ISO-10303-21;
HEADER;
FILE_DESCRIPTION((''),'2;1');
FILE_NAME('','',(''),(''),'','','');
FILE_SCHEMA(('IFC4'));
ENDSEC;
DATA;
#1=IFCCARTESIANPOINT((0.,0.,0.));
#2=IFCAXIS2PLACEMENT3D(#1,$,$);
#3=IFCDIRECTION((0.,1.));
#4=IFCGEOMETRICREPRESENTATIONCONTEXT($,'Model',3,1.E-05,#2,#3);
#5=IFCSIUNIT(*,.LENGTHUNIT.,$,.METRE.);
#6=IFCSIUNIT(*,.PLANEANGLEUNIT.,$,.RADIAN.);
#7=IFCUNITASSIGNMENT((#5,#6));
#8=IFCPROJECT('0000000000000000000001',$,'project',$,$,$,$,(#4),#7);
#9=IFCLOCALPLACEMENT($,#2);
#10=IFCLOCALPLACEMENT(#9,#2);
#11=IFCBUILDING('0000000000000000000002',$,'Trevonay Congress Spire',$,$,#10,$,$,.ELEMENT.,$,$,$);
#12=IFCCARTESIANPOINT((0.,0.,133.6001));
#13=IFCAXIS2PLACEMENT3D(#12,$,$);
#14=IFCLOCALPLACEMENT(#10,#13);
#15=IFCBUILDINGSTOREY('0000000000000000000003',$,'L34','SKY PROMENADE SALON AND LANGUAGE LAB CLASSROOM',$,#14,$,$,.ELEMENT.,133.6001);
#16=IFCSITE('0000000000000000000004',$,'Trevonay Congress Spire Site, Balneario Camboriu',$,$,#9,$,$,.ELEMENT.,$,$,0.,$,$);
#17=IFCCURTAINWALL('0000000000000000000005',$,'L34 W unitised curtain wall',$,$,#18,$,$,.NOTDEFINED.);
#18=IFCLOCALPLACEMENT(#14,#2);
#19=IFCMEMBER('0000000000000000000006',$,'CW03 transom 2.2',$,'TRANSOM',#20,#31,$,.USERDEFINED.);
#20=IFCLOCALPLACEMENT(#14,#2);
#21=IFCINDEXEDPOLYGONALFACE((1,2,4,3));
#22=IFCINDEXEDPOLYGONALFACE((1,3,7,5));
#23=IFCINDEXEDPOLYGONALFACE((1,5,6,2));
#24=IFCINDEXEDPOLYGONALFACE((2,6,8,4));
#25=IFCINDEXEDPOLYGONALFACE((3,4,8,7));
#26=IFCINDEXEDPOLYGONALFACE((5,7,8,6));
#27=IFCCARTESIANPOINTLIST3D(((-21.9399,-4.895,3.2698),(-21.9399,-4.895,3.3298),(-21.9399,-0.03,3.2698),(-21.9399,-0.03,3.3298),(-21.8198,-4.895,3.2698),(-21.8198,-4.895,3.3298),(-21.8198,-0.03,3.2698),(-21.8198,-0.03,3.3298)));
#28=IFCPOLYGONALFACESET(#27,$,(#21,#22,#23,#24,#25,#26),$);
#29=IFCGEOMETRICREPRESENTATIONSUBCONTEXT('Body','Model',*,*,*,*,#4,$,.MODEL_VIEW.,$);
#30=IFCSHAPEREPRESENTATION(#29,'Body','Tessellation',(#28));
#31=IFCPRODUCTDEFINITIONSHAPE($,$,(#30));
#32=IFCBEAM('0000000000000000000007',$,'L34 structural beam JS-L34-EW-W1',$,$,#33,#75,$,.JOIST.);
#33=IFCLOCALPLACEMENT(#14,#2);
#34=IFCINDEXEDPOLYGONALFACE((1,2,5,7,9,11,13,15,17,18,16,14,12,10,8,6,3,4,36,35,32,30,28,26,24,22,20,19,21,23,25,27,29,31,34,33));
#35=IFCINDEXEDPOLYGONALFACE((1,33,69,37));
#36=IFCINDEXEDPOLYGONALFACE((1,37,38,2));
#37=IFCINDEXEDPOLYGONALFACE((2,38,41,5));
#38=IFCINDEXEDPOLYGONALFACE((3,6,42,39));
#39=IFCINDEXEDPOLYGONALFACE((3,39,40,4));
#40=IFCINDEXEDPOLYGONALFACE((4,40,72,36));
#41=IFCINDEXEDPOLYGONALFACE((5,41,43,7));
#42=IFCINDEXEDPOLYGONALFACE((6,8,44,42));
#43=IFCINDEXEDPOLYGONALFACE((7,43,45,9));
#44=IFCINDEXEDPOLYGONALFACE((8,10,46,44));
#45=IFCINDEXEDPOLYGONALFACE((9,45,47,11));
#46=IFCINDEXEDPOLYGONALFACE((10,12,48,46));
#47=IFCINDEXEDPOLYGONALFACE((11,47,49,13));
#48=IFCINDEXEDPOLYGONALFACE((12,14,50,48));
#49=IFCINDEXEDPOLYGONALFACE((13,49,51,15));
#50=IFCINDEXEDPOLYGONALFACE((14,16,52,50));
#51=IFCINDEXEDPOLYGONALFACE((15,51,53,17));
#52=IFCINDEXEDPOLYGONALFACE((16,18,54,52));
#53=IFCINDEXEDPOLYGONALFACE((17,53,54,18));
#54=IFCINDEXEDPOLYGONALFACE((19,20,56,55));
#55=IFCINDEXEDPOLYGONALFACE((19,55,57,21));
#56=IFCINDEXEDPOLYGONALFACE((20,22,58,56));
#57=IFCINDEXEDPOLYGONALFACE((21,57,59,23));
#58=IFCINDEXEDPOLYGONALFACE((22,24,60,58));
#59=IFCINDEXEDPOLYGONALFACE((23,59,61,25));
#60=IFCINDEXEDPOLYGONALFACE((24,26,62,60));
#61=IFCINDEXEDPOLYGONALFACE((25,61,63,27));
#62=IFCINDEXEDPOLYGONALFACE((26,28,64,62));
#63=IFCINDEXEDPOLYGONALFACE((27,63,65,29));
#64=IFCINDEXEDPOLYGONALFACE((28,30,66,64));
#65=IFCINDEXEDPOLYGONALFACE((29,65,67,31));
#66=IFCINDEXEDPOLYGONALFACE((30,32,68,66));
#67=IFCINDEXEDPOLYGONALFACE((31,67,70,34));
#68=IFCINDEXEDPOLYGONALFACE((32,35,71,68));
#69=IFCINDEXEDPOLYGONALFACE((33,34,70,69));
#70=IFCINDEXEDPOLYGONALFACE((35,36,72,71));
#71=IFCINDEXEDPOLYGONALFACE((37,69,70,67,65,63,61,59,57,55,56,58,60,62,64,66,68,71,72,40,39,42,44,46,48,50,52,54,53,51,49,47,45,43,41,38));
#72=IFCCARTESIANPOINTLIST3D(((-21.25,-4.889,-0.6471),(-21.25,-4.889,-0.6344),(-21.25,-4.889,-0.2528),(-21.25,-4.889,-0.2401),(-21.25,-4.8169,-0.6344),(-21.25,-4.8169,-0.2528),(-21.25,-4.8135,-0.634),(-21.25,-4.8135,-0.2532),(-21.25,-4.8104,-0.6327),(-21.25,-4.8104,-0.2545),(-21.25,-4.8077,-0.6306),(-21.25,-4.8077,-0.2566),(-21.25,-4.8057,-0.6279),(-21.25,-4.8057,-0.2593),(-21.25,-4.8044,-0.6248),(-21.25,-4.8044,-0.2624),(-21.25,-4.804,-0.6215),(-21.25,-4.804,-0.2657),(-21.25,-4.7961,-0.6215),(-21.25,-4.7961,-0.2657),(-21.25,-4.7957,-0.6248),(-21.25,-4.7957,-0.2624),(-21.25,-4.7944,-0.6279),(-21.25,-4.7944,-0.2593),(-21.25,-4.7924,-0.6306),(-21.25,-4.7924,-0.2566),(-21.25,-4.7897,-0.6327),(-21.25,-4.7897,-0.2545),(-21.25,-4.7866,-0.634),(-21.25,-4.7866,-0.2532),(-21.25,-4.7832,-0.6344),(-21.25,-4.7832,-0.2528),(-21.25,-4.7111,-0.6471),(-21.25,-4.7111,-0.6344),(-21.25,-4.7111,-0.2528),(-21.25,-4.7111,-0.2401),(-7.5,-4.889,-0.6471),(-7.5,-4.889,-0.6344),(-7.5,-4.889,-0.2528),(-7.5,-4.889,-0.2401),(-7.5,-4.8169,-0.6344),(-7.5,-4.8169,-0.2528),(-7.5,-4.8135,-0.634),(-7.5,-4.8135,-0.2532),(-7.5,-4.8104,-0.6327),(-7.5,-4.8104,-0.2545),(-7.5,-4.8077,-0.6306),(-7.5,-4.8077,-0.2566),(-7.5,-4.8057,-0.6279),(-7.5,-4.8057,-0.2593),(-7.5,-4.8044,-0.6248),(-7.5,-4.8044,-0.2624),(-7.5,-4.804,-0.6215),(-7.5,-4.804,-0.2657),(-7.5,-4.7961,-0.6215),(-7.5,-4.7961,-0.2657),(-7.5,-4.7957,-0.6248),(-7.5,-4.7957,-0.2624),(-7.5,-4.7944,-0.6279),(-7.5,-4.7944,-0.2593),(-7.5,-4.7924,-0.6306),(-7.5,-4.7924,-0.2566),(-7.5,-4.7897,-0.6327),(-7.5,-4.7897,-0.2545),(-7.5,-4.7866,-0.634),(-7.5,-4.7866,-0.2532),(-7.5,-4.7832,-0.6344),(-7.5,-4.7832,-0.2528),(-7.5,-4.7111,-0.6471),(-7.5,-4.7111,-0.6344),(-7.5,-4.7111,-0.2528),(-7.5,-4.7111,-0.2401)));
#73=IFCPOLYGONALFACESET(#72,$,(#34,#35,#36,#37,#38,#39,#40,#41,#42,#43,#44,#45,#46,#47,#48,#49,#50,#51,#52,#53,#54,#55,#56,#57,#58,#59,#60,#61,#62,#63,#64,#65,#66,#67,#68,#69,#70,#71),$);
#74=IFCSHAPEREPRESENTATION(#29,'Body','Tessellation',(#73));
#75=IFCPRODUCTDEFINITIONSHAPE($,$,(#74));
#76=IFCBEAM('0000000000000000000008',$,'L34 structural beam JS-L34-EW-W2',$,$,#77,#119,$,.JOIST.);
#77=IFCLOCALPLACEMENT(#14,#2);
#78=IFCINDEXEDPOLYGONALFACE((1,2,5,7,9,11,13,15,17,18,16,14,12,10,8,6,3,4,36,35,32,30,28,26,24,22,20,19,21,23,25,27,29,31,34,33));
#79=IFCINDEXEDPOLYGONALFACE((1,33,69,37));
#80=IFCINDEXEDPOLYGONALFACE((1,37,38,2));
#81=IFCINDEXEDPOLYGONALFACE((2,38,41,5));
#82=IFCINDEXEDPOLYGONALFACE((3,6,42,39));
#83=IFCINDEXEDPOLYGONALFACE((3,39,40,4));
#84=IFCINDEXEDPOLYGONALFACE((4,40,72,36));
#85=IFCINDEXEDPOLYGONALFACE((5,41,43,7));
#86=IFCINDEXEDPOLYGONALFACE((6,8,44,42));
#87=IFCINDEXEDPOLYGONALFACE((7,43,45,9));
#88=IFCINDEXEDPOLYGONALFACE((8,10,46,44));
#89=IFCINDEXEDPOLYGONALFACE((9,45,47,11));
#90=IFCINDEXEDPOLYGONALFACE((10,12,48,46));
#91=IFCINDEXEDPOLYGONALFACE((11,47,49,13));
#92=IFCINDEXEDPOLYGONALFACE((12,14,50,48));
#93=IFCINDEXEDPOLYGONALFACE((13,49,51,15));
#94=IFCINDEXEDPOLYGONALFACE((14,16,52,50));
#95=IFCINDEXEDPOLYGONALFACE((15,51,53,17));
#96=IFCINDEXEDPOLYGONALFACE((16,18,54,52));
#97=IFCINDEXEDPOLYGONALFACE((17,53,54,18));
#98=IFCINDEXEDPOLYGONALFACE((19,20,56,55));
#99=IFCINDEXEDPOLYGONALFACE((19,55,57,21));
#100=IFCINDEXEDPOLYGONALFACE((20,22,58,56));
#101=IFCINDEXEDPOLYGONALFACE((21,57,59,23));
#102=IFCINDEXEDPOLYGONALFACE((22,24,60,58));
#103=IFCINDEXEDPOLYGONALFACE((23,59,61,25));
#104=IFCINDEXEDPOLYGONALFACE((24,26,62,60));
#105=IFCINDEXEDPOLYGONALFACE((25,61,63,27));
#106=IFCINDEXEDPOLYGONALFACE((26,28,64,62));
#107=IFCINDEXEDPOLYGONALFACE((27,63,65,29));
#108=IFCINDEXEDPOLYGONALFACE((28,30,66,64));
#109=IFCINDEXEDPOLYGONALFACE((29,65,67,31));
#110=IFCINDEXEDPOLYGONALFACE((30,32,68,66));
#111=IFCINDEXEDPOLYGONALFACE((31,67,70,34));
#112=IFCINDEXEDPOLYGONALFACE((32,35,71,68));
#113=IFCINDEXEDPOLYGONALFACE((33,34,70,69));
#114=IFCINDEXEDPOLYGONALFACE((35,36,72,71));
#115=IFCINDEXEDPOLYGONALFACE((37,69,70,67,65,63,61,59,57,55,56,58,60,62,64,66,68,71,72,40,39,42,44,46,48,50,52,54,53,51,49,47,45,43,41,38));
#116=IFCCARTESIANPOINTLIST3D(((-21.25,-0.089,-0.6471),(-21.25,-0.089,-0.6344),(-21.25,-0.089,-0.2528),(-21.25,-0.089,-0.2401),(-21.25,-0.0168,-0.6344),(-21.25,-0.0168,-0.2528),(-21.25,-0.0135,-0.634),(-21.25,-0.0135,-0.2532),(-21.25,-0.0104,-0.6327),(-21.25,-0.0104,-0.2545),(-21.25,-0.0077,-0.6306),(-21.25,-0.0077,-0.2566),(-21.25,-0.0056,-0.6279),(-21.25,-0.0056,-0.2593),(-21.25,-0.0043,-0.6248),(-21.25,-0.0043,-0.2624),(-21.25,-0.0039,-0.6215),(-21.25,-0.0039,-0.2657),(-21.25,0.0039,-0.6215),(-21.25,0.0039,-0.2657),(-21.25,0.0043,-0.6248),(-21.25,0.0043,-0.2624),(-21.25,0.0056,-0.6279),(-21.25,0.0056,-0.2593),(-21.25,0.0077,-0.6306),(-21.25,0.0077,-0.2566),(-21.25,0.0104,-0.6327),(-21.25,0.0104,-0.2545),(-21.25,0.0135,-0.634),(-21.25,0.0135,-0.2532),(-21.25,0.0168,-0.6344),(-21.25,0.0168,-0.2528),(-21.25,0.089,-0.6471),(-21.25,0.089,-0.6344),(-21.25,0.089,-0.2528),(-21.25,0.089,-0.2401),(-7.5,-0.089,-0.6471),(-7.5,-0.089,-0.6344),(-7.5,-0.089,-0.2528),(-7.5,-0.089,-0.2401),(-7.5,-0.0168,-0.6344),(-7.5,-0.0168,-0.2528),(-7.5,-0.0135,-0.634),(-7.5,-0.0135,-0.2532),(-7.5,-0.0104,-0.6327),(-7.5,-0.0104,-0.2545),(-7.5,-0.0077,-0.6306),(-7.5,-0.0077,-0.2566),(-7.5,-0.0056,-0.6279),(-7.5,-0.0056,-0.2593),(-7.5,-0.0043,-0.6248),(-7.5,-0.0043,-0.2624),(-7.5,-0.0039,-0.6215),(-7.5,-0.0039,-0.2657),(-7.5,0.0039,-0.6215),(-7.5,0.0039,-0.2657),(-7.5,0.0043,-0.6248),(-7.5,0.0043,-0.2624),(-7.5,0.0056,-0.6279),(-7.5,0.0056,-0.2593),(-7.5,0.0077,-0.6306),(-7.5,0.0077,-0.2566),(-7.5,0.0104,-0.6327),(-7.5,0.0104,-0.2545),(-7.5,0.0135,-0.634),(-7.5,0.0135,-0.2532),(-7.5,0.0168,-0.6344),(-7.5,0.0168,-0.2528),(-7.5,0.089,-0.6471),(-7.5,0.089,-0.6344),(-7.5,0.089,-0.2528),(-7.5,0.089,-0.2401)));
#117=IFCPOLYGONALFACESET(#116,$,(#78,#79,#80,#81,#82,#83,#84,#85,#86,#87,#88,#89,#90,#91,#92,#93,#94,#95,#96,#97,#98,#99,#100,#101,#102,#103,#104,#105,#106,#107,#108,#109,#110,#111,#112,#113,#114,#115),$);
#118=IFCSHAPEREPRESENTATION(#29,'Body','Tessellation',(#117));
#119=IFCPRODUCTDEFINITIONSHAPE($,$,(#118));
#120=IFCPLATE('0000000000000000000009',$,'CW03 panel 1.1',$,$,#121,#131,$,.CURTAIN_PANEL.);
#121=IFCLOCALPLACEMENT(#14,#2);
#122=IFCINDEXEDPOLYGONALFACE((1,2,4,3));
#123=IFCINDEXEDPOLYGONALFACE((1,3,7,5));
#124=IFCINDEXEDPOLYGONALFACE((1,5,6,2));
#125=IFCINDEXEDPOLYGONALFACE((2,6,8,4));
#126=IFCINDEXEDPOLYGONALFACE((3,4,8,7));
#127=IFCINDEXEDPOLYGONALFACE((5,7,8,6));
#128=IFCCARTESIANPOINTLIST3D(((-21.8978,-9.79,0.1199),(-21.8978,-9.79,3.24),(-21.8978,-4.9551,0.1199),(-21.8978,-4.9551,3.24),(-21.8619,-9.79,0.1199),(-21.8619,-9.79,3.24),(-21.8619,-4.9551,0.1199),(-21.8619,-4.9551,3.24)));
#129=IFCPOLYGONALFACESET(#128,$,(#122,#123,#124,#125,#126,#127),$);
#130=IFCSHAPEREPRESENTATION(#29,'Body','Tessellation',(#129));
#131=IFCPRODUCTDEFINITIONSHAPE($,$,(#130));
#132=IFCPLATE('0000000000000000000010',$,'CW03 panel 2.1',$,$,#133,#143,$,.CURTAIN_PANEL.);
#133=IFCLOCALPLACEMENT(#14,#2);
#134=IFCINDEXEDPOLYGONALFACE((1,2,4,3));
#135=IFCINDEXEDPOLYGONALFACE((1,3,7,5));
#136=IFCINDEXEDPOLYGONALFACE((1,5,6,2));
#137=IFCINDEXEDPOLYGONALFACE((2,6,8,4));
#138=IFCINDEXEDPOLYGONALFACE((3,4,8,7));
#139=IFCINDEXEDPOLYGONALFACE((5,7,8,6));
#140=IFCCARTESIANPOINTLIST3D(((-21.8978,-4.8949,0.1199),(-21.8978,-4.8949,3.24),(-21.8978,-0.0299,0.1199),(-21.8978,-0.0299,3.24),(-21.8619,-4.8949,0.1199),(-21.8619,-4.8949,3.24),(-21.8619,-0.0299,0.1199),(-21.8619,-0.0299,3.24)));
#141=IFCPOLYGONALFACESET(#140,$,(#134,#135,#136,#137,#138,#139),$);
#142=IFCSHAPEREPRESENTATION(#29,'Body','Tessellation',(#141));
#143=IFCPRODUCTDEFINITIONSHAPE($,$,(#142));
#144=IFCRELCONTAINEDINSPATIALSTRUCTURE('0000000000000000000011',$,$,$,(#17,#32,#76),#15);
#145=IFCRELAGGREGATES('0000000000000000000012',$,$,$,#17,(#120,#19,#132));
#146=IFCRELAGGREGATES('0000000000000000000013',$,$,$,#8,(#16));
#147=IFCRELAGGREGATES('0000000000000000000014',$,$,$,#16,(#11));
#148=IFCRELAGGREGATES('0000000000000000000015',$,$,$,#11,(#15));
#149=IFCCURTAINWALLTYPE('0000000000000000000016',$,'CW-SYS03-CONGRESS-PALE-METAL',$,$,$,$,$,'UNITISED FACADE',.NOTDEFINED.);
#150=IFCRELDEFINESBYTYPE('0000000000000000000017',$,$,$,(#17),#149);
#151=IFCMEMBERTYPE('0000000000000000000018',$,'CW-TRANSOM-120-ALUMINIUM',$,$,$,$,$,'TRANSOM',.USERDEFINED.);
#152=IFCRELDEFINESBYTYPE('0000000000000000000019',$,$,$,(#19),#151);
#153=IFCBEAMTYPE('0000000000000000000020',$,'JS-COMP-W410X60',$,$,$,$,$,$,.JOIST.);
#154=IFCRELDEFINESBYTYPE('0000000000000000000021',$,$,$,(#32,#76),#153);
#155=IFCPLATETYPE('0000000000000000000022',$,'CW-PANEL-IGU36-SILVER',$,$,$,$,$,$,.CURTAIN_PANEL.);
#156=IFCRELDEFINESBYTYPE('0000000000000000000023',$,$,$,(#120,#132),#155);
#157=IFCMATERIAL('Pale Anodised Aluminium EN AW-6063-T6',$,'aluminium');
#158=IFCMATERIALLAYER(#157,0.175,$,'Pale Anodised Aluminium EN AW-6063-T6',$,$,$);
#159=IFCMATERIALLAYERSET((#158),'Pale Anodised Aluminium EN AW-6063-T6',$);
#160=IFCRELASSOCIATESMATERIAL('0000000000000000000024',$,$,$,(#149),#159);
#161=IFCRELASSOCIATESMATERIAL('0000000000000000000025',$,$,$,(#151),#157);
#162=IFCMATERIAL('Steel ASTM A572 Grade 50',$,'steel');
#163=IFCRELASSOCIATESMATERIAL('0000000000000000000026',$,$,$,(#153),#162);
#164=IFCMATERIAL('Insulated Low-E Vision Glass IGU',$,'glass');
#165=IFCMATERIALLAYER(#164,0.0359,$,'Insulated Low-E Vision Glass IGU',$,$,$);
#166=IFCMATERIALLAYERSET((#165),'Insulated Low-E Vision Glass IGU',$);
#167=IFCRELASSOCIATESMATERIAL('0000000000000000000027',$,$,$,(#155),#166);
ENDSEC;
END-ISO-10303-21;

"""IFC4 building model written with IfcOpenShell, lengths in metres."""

from ifc_helpers import new_model, si_unit, direction, frame, origin, origin_2d, place, context, subcontext, project, spatial, rectangle, i_section, extrude, material, layer, layer_set, material_profile, profile_set, type_object, element, aggregate, save


model = new_model("IFC4")

# Units and contexts
model_context = context("Model", 3, precision=1e-05, world=origin(), true_north=direction((0.0, 1.0)))
body_context = subcontext(model_context, "Body", "Model", "MODEL_VIEW")
ifc_project = project(units=[si_unit("LENGTHUNIT", "METRE"), si_unit("PLANEANGLEUNIT", "RADIAN")], contexts=[model_context])

# Site, building, storey
site_placement = place(None, origin())
site = spatial("IfcSite", under=ifc_project, at=site_placement, Name="Trevonay Congress Spire Site, Balneario Camboriu", CompositionType="ELEMENT", RefElevation=0.0)
building_placement = place(site_placement, origin())
building = spatial("IfcBuilding", under=site, at=building_placement, Name="Trevonay Congress Spire", CompositionType="ELEMENT")
storey_placement = place(building_placement, frame((0.0, 0.0, 133.6001)))
storey = spatial("IfcBuildingStorey", under=building, at=storey_placement, Name="L34", Description="SKY PROMENADE SALON AND LANGUAGE LAB CLASSROOM", CompositionType="ELEMENT", Elevation=133.6001)

# Shared definitions
ifc_material_1 = material(Name="Steel ASTM A572 Grade 50", Category="steel")

# Curtain wall, member
ifc_material_2 = material(Name="Pale Anodised Aluminium EN AW-6063-T6", Category="aluminium")
ifc_layer_1 = layer(ifc_material_2, 0.175, Name="Pale Anodised Aluminium EN AW-6063-T6")
ifc_layer_set_1 = layer_set([ifc_layer_1], Name="Pale Anodised Aluminium EN AW-6063-T6")
curtain_wall_type = type_object("IfcCurtainWallType", Name="CW-SYS03-CONGRESS-PALE-METAL", ElementType="UNITISED FACADE", PredefinedType="NOTDEFINED", material=ifc_layer_set_1)
curtain_wall_placement = place(storey_placement, origin())
curtain_wall = element("IfcCurtainWall", 1, at=curtain_wall_placement, inside=storey, type_object=curtain_wall_type, Name="L34 W unitised curtain wall", PredefinedType="NOTDEFINED")
ifc_material_profile_1 = material_profile(ifc_material_2, rectangle(XDim=0.1201, YDim=0.0601, at=origin_2d()), Name="CW-TRANSOM-120-ALUMINIUM")
ifc_profile_set_1 = profile_set([ifc_material_profile_1], Name="Pale Anodised Aluminium EN AW-6063-T6")
member_type_1 = type_object("IfcMemberType", Name="CW-TRANSOM-120-ALUMINIUM", ElementType="TRANSOM", PredefinedType="USERDEFINED", material=ifc_profile_set_1)
member_1_placement = place(storey_placement, frame((-21.8799, -4.895, 3.2998), z_axis=(0.0, 1.0, 0.0), x_axis=(-1.0, 0.0, 0.0)))
member_1 = element("IfcMember", 2, at=member_1_placement, type_object=member_type_1, Name="CW03 transom 2.2", ObjectType="TRANSOM", PredefinedType="USERDEFINED", context=body_context, shape_type="SweptSolid", body=[
    extrude(rectangle(XDim=0.1201, YDim=0.0601, at=origin_2d()), origin(), (0.0, 0.0, 1.0), 4.865),
])

# Beams
ifc_material_profile_2 = material_profile(ifc_material_1, i_section(OverallWidth=0.178, OverallDepth=0.407, WebThickness=0.0078, FlangeThickness=0.0127, FilletRadius=0.0129, at=origin_2d()), Name="W410x60")
ifc_profile_set_2 = profile_set([ifc_material_profile_2], Name="Steel ASTM A572 Grade 50")
beam_type_1 = type_object("IfcBeamType", Name="JS-COMP-W410X60", PredefinedType="JOIST", material=ifc_profile_set_2)
for number, where, z_axis, x_axis, name in (
    (3, (-21.25, -4.8, -0.4436), (1.0, 0.0, 0.0), (0.0, 1.0, 0.0), "L34 structural beam JS-L34-EW-W1"),
    (4, (-21.25, 0.0, -0.4436), (1.0, 0.0, 0.0), (0.0, 1.0, 0.0), "L34 structural beam JS-L34-EW-W2"),
):
    element("IfcBeam", number, at=place(storey_placement, frame(where, z_axis=z_axis, x_axis=x_axis)), inside=storey, type_object=beam_type_1, Name=name, PredefinedType="JOIST", context=body_context, shape_type="SweptSolid", body=[
        extrude(i_section(OverallWidth=0.178, OverallDepth=0.407, WebThickness=0.0078, FlangeThickness=0.0127, FilletRadius=0.0129, at=origin_2d()), origin(), (0.0, 0.0, 1.0), 13.75),
    ])

# Plates
ifc_material_3 = material(Name="Insulated Low-E Vision Glass IGU", Category="glass")
ifc_layer_2 = layer(ifc_material_3, 0.0359, Name="Insulated Low-E Vision Glass IGU")
ifc_layer_set_2 = layer_set([ifc_layer_2], Name="Insulated Low-E Vision Glass IGU")
plate_type = type_object("IfcPlateType", Name="CW-PANEL-IGU36-SILVER", PredefinedType="CURTAIN_PANEL", material=ifc_layer_set_2)
plate_1_placement = place(storey_placement, frame((-21.8799, -7.3726, 0.1199), z_axis=(0.0, 0.0, 1.0), x_axis=(0.0, 1.0, 0.0)))
plate_1 = element("IfcPlate", 5, at=plate_1_placement, type_object=plate_type, Name="CW03 panel 1.1", PredefinedType="CURTAIN_PANEL", context=body_context, shape_type="SweptSolid", body=[
    extrude(rectangle(XDim=4.835, YDim=0.0359, at=origin_2d()), origin(), (0.0, 0.0, 1.0), 3.1201),
])
plate_2_placement = place(storey_placement, frame((-21.8799, -2.4624, 0.1199), z_axis=(0.0, 0.0, 1.0), x_axis=(0.0, 1.0, 0.0)))
plate_2 = element("IfcPlate", 6, at=plate_2_placement, type_object=plate_type, Name="CW03 panel 2.1", PredefinedType="CURTAIN_PANEL", context=body_context, shape_type="SweptSolid", body=[
    extrude(rectangle(XDim=4.865, YDim=0.0359, at=origin_2d()), origin(), (0.0, 0.0, 1.0), 3.1201),
])
aggregate(curtain_wall, [plate_1, member_1, plate_2])

save(model, "model.ifc")
